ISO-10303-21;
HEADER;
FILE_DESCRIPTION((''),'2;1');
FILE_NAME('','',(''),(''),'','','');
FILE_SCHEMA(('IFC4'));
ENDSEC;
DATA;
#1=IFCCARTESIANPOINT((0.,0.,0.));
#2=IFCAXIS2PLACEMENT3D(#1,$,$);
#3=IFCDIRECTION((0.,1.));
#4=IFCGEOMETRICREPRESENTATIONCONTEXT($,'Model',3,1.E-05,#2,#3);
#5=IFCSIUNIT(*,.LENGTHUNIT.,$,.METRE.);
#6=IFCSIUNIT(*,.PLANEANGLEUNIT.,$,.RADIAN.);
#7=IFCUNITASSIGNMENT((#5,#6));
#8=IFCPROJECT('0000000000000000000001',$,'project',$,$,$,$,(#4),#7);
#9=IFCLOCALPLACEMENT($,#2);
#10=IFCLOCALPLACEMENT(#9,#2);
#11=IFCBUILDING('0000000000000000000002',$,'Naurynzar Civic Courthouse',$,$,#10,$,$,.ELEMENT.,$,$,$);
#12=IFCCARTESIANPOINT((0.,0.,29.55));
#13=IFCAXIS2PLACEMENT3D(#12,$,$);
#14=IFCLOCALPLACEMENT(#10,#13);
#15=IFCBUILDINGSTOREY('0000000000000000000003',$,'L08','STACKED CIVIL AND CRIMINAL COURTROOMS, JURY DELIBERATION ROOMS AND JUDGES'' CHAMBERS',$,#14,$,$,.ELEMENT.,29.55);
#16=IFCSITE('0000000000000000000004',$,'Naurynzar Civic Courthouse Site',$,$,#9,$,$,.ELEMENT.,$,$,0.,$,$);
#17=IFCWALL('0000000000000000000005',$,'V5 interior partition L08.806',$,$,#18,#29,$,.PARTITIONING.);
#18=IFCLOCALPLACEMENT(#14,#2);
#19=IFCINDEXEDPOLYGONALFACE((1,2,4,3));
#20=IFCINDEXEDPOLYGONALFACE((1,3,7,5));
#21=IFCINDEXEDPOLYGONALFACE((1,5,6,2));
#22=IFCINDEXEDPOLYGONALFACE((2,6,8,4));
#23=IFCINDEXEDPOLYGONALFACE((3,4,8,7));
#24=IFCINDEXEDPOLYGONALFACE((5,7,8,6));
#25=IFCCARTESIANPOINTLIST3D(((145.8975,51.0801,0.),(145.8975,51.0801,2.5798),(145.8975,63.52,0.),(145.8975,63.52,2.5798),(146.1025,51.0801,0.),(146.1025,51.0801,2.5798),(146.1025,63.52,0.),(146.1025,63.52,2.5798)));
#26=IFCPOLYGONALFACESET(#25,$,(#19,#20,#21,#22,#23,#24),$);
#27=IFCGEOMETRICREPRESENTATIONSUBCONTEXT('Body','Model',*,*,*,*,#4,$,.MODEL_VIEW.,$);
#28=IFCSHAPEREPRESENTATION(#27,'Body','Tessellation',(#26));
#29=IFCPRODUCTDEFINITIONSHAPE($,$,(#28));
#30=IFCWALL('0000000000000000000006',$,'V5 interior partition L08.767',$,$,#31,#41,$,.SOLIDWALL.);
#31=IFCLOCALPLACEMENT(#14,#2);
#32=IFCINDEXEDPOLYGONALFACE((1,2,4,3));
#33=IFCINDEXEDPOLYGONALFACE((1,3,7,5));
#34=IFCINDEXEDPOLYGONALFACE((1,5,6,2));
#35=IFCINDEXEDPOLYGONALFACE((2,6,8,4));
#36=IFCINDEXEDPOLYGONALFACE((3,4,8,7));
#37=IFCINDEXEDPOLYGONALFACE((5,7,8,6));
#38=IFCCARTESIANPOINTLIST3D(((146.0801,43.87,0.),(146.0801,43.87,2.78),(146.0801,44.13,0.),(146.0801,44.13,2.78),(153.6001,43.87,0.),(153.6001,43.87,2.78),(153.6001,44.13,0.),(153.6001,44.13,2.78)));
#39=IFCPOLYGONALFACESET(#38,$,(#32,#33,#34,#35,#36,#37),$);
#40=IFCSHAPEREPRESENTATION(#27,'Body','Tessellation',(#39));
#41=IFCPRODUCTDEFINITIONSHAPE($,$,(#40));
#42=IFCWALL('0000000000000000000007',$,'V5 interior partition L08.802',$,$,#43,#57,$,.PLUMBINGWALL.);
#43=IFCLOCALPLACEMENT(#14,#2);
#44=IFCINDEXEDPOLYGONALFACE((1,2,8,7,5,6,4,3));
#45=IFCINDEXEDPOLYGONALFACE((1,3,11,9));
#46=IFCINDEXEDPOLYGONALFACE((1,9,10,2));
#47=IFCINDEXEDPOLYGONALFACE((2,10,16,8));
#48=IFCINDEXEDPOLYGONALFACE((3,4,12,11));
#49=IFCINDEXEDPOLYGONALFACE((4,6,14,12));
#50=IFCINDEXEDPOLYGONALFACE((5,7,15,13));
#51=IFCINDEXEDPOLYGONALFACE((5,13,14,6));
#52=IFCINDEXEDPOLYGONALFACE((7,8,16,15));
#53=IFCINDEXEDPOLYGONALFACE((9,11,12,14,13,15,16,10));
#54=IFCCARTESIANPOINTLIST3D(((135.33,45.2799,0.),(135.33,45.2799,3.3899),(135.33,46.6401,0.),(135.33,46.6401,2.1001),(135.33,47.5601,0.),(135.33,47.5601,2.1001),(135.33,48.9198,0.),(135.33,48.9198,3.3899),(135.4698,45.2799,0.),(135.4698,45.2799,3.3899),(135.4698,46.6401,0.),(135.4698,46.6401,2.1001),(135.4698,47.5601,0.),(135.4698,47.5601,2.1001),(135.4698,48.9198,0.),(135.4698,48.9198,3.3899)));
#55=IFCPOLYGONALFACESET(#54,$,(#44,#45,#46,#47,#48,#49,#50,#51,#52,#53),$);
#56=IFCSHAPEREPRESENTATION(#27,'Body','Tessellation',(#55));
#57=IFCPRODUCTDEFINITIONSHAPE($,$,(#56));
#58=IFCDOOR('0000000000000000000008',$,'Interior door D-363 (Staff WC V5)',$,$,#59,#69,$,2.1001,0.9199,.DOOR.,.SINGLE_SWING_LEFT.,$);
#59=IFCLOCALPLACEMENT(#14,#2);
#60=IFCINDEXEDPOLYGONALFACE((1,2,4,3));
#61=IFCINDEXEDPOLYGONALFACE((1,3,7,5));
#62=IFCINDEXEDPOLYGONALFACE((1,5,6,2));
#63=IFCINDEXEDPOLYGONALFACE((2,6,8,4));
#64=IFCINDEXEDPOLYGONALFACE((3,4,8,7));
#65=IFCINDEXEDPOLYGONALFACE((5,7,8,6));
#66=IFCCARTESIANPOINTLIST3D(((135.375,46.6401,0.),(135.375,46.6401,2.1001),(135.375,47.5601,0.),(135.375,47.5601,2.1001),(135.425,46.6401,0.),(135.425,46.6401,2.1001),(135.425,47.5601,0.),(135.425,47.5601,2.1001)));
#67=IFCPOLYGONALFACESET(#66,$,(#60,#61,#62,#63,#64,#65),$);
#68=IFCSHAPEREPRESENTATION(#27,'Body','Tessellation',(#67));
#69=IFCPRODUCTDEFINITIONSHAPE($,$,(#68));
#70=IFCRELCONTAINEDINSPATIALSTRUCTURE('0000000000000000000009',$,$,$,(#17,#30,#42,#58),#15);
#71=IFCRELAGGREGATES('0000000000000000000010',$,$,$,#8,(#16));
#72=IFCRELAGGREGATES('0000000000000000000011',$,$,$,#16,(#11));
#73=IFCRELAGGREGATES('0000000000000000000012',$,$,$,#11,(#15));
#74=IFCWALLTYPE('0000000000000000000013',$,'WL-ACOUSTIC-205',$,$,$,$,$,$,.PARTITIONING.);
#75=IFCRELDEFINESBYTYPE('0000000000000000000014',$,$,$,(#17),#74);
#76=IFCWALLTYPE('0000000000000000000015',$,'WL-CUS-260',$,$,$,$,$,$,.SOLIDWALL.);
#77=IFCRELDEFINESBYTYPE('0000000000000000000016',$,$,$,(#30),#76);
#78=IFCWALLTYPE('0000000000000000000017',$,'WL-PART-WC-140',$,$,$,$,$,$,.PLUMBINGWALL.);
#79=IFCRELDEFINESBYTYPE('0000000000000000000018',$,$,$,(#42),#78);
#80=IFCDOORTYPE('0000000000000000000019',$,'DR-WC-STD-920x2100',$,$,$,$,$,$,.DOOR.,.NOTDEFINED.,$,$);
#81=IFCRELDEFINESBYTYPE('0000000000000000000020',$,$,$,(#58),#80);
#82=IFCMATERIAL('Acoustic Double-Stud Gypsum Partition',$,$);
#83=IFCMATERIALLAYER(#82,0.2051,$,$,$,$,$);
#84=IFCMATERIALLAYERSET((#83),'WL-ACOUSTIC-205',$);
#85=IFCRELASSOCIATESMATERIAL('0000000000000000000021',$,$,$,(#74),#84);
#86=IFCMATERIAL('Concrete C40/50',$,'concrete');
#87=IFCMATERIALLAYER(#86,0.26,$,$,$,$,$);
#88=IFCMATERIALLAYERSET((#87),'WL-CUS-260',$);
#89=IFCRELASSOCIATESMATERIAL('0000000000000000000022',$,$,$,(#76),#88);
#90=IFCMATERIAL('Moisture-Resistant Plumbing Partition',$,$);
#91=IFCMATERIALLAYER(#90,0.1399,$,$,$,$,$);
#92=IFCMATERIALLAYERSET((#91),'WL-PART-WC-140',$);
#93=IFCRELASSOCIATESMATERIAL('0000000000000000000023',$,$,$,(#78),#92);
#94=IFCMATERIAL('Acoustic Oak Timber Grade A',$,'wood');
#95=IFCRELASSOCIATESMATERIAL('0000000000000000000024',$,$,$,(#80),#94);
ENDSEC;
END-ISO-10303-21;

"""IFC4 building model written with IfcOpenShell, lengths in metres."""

from ifc_helpers import new_model, si_unit, direction, frame, frame_2d, origin, place, context, subcontext, project, spatial, rectangle, extrude, material, layer, layer_set, type_object, element, fill, save


model = new_model("IFC4")

# Units and contexts
model_context = context("Model", 3, precision=1e-05, world=origin(), true_north=direction((0.0, 1.0)))
body_context = subcontext(model_context, "Body", "Model", "MODEL_VIEW")
ifc_project = project(units=[si_unit("LENGTHUNIT", "METRE"), si_unit("PLANEANGLEUNIT", "RADIAN")], contexts=[model_context])

# Site, building, storey
site_placement = place(None, origin())
site = spatial("IfcSite", under=ifc_project, at=site_placement, Name="Naurynzar Civic Courthouse Site", CompositionType="ELEMENT", RefElevation=0.0)
building_placement = place(site_placement, origin())
building = spatial("IfcBuilding", under=site, at=building_placement, Name="Naurynzar Civic Courthouse", CompositionType="ELEMENT")
storey_placement = place(building_placement, frame((0.0, 0.0, 29.55)))
storey = spatial("IfcBuildingStorey", under=building, at=storey_placement, Name="L08", Description="STACKED CIVIL AND CRIMINAL COURTROOMS, JURY DELIBERATION ROOMS AND JUDGES' CHAMBERS", CompositionType="ELEMENT", Elevation=29.55)

# Walls
ifc_material_1 = material(Name="Acoustic Double-Stud Gypsum Partition")
ifc_layer_1 = layer(ifc_material_1, 0.2051)
ifc_layer_set_1 = layer_set([ifc_layer_1], Name="WL-ACOUSTIC-205")
wall_type_1 = type_object("IfcWallType", Name="WL-ACOUSTIC-205", PredefinedType="PARTITIONING", material=ifc_layer_set_1)
wall_1_placement = place(storey_placement, frame((146.0, 51.0801, 0.0), z_axis=(0.0, 0.0, 1.0), x_axis=(0.0, 1.0, 0.0)))
element("IfcWall", 1, at=wall_1_placement, inside=storey, type_object=wall_type_1, Name="V5 interior partition L08.806", PredefinedType="PARTITIONING", context=body_context, shape_type="SweptSolid", body=[
    extrude(rectangle(XDim=12.4399, YDim=0.2051, at=frame_2d((6.22, 0.0))), origin(), (0.0, 0.0, 1.0), 2.5798),
])
ifc_material_2 = material(Name="Concrete C40/50", Category="concrete")
ifc_layer_2 = layer(ifc_material_2, 0.26)
ifc_layer_set_2 = layer_set([ifc_layer_2], Name="WL-CUS-260")
wall_type_2 = type_object("IfcWallType", Name="WL-CUS-260", PredefinedType="SOLIDWALL", material=ifc_layer_set_2)
wall_2_placement = place(storey_placement, frame((146.0801, 44.0, 0.0), z_axis=(0.0, 0.0, 1.0), x_axis=(1.0, 0.0, 0.0)))
element("IfcWall", 2, at=wall_2_placement, inside=storey, type_object=wall_type_2, Name="V5 interior partition L08.767", PredefinedType="SOLIDWALL", context=body_context, shape_type="SweptSolid", body=[
    extrude(rectangle(XDim=7.52, YDim=0.26, at=frame_2d((3.76, 0.0))), origin(), (0.0, 0.0, 1.0), 2.78),
])

# Wall, opening, door
ifc_material_3 = material(Name="Moisture-Resistant Plumbing Partition")
ifc_layer_3 = layer(ifc_material_3, 0.1399)
ifc_layer_set_3 = layer_set([ifc_layer_3], Name="WL-PART-WC-140")
wall_type_3 = type_object("IfcWallType", Name="WL-PART-WC-140", PredefinedType="PLUMBINGWALL", material=ifc_layer_set_3)
wall_3_placement = place(storey_placement, frame((135.3999, 45.28, 0.0), z_axis=(0.0, 0.0, 1.0), x_axis=(0.0, 1.0, 0.0)))
wall_3 = element("IfcWall", 3, at=wall_3_placement, inside=storey, type_object=wall_type_3, Name="V5 interior partition L08.802", PredefinedType="PLUMBINGWALL", context=body_context, shape_type="SweptSolid", body=[
    extrude(rectangle(XDim=3.6399, YDim=0.1399, at=frame_2d((1.8198, 0.0))), origin(), (0.0, 0.0, 1.0), 3.3899),
])
opening_placement = place(wall_3_placement, frame((1.3601, 0.0, 0.0)))
opening = element("IfcOpeningElement", 4, at=opening_placement, cuts=wall_3, PredefinedType="OPENING", context=body_context, shape_type="SweptSolid", body=[
    extrude(rectangle(XDim=0.9199, YDim=2.1001, at=frame_2d((0.46, 1.05))), frame((0.0, 0.0798, 0.0), z_axis=(0.0, -1.0, 0.0), x_axis=(1.0, 0.0, 0.0)), (0.0, 0.0, 1.0), 0.1599),
])
ifc_material_4 = material(Name="Acoustic Oak Timber Grade A", Category="wood")
door_type = type_object("IfcDoorType", Name="DR-WC-STD-920x2100", OperationType="NOTDEFINED", PredefinedType="DOOR", material=ifc_material_4)
door_placement = place(opening_placement, origin())
door = element("IfcDoor", 5, at=door_placement, inside=storey, type_object=door_type, Name="Interior door D-363 (Staff WC V5)", OperationType="SINGLE_SWING_LEFT", OverallHeight=2.1001, OverallWidth=0.9199, PredefinedType="DOOR", context=body_context, shape_type="SweptSolid", body=[
    extrude(rectangle(XDim=0.9199, YDim=2.1001, at=frame_2d((0.46, 1.05))), frame((0.0, 0.0249, 0.0), z_axis=(0.0, -1.0, 0.0), x_axis=(1.0, 0.0, 0.0)), (0.0, 0.0, 1.0), 0.05),
])
fill(opening, door)

save(model, "model.ifc")
